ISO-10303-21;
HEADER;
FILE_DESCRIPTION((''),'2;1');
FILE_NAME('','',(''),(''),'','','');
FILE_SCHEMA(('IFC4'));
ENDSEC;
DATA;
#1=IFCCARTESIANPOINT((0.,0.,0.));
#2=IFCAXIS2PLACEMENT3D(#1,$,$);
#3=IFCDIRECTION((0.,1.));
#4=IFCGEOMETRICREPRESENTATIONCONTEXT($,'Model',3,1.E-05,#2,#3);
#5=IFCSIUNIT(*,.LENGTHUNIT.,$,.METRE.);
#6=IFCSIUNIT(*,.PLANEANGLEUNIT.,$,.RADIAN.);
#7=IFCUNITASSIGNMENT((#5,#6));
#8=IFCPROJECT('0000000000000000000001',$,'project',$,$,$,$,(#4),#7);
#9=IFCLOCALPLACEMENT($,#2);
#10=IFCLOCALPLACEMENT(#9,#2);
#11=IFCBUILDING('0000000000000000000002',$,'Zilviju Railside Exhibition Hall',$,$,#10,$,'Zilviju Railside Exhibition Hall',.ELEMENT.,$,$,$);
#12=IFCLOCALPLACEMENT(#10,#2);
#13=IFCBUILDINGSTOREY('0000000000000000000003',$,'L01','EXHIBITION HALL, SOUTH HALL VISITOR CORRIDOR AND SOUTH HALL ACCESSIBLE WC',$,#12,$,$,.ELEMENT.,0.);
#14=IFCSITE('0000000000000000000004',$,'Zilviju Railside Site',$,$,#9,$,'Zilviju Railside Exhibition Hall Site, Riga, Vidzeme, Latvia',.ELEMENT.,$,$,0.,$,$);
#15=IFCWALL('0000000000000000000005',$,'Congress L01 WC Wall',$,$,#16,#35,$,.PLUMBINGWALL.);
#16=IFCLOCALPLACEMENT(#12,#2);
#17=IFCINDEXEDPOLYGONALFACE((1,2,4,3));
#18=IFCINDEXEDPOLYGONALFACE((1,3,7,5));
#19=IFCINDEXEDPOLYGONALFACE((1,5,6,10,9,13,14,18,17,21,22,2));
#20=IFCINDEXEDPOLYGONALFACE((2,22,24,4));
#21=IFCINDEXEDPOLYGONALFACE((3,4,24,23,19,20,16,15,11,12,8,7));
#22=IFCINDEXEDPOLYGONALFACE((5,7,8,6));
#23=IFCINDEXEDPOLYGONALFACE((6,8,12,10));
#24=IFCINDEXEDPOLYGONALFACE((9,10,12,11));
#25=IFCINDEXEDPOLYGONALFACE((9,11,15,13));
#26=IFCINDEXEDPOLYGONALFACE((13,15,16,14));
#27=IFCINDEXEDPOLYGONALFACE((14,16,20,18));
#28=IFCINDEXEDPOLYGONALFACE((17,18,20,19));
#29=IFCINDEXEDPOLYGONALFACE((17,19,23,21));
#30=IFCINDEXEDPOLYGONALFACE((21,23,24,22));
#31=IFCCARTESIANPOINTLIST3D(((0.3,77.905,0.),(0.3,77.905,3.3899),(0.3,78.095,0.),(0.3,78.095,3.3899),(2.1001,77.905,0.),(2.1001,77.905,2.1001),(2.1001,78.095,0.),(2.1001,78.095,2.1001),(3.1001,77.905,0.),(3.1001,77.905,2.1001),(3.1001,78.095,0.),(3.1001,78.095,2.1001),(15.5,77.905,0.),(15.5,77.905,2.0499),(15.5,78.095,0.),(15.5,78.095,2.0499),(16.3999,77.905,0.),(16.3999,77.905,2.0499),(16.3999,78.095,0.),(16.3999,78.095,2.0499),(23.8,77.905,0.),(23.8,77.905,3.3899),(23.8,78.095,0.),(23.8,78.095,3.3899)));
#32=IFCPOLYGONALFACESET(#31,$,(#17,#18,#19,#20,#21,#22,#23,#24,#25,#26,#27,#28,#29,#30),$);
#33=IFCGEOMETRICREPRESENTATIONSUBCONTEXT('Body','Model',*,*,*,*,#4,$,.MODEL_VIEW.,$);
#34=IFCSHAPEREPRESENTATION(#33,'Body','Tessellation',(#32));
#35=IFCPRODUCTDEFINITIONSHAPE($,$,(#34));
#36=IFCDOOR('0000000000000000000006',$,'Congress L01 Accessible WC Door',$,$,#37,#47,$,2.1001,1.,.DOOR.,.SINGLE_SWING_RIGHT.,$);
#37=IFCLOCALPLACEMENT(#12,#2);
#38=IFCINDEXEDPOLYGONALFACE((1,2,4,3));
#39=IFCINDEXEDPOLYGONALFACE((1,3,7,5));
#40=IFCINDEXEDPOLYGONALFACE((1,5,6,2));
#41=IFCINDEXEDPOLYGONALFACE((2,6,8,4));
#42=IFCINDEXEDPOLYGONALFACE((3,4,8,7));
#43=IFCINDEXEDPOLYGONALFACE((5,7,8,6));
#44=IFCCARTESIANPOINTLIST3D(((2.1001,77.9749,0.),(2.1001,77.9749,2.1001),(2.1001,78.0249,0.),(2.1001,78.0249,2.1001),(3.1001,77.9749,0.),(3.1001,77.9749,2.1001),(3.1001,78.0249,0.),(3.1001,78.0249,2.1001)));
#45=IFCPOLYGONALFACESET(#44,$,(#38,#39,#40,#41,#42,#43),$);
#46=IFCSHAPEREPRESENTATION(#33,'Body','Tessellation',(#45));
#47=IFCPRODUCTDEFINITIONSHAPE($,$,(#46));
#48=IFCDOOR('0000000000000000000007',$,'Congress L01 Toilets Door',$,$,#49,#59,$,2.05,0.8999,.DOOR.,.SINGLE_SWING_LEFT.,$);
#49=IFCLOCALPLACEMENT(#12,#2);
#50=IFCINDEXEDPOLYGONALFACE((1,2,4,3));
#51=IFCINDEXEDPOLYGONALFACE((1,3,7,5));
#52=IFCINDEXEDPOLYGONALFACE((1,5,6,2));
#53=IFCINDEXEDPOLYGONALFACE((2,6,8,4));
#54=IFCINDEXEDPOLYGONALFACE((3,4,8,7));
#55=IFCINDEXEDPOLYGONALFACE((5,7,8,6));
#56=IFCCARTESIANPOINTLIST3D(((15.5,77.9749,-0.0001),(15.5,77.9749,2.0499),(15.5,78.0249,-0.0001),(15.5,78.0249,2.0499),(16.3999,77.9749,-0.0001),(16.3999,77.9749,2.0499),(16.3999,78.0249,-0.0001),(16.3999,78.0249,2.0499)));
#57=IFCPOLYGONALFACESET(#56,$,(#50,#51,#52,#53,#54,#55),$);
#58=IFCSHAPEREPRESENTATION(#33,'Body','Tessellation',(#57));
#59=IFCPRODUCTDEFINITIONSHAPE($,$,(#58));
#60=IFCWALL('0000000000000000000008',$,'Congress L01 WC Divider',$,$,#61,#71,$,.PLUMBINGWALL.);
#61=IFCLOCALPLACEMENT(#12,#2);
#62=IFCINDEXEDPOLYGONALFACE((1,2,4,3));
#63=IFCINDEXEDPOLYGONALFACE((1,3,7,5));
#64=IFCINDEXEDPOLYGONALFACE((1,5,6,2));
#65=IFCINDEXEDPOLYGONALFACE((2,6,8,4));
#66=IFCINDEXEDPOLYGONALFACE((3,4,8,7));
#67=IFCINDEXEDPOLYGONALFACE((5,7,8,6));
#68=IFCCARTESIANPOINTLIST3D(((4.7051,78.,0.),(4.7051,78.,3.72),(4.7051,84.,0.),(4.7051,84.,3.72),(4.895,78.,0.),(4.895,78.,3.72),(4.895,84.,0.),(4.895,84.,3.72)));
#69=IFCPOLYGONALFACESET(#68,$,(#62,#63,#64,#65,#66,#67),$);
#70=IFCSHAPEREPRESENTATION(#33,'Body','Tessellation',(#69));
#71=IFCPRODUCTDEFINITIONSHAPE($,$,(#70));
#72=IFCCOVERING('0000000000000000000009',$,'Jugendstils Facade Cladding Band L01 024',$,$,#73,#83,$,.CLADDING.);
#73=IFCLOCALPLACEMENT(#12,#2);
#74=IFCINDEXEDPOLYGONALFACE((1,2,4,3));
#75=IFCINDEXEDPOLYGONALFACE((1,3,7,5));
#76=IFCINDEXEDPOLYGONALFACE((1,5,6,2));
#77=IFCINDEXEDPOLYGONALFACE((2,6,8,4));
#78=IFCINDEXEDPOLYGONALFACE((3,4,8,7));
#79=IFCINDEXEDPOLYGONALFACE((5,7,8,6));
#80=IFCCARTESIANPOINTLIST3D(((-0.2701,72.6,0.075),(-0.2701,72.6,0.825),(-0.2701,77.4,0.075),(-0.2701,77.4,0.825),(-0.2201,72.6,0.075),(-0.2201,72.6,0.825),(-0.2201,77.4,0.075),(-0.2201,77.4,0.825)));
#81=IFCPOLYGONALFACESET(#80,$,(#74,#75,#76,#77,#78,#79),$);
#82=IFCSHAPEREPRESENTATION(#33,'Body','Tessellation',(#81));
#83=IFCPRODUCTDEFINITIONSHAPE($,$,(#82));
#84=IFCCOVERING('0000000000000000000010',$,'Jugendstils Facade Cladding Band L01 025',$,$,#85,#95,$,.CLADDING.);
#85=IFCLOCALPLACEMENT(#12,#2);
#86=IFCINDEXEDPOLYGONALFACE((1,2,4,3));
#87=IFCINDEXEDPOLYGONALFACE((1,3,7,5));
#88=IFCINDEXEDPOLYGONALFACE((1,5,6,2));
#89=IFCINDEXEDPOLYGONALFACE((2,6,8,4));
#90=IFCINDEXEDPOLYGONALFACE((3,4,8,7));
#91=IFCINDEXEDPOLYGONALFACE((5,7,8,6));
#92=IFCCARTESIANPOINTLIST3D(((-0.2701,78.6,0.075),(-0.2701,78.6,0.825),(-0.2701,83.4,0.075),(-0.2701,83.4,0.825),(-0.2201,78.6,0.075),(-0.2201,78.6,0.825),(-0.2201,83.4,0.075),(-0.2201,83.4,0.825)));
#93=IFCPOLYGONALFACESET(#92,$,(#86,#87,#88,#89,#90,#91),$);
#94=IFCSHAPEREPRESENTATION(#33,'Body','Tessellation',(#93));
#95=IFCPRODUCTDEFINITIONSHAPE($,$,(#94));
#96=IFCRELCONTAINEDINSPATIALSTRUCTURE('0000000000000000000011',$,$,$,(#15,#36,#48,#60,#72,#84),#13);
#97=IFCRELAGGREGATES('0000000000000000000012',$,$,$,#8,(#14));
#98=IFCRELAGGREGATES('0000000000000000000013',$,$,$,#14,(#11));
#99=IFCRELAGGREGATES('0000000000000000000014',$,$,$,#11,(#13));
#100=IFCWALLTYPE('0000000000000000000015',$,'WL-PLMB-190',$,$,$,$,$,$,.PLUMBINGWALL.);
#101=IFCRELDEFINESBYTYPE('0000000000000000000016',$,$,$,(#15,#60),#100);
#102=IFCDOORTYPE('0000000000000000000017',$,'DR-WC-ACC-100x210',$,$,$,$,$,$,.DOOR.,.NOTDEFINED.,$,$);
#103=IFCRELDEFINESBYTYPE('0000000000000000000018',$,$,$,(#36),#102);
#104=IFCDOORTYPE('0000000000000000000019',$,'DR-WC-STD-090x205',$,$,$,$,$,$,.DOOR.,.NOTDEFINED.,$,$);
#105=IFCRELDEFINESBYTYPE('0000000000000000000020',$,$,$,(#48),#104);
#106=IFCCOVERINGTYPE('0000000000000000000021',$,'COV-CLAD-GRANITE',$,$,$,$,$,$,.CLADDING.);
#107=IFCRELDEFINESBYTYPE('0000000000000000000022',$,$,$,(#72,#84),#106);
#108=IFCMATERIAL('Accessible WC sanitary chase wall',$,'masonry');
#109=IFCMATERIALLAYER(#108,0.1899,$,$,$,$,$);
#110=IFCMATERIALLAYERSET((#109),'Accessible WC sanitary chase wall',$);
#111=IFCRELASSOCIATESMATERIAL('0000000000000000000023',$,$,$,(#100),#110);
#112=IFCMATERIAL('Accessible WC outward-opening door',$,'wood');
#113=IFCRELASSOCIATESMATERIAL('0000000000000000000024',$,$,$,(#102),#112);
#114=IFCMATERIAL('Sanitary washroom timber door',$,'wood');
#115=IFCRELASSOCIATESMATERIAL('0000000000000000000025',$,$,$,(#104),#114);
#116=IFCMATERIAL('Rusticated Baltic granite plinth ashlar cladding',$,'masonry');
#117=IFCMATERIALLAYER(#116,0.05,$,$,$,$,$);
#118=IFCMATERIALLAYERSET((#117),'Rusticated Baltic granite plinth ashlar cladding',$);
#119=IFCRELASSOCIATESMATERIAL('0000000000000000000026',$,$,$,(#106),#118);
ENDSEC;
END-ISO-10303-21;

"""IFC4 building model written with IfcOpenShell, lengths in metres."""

from ifc_helpers import new_model, si_unit, direction, frame, frame_2d, origin, origin_2d, place, context, subcontext, project, spatial, rectangle, extrude, material, layer, layer_set, type_object, element, fill, save


model = new_model("IFC4")

# Units and contexts
model_context = context("Model", 3, precision=1e-05, world=origin(), true_north=direction((0.0, 1.0)))
body_context = subcontext(model_context, "Body", "Model", "MODEL_VIEW")
ifc_project = project(units=[si_unit("LENGTHUNIT", "METRE"), si_unit("PLANEANGLEUNIT", "RADIAN")], contexts=[model_context])

# Site, building, storey
site_placement = place(None, origin())
site = spatial("IfcSite", under=ifc_project, at=site_placement, Name="Zilviju Railside Site", LongName="Zilviju Railside Exhibition Hall Site, Riga, Vidzeme, Latvia", CompositionType="ELEMENT", RefElevation=0.0)
building_placement = place(site_placement, origin())
building = spatial("IfcBuilding", under=site, at=building_placement, Name="Zilviju Railside Exhibition Hall", LongName="Zilviju Railside Exhibition Hall", CompositionType="ELEMENT")
storey_placement = place(building_placement, origin())
storey = spatial("IfcBuildingStorey", under=building, at=storey_placement, Name="L01", Description="EXHIBITION HALL, SOUTH HALL VISITOR CORRIDOR AND SOUTH HALL ACCESSIBLE WC", CompositionType="ELEMENT", Elevation=0.0)

# Wall, openings, doors
ifc_material_1 = material(Name="Accessible WC sanitary chase wall", Category="masonry")
ifc_layer_1 = layer(ifc_material_1, 0.1899)
ifc_layer_set_1 = layer_set([ifc_layer_1], Name="Accessible WC sanitary chase wall")
wall_type_1 = type_object("IfcWallType", Name="WL-PLMB-190", PredefinedType="PLUMBINGWALL", material=ifc_layer_set_1)
wall_1_placement = place(storey_placement, frame((0.3, 78.0, 0.0), z_axis=(0.0, 0.0, 1.0), x_axis=(1.0, 0.0, 0.0)))
wall_1 = element("IfcWall", 1, at=wall_1_placement, inside=storey, type_object=wall_type_1, Name="Congress L01 WC Wall", PredefinedType="PLUMBINGWALL", context=body_context, shape_type="SweptSolid", body=[
    extrude(rectangle(XDim=23.5, YDim=0.1899, at=frame_2d((11.75, 0.0))), origin(), (0.0, 0.0, 1.0), 3.3899),
])
opening_1_placement = place(wall_1_placement, frame((1.8, 0.0, 0.0)))
opening_1 = element("IfcOpeningElement", 2, at=opening_1_placement, cuts=wall_1, PredefinedType="OPENING", context=body_context, shape_type="SweptSolid", body=[
    extrude(rectangle(XDim=1.0, YDim=2.1001, at=frame_2d((0.5, 1.05))), frame((0.0, 0.105, 0.0), z_axis=(0.0, -1.0, 0.0), x_axis=(1.0, 0.0, 0.0)), (0.0, 0.0, 1.0), 0.21),
])
opening_2_placement = place(wall_1_placement, frame((15.2, 0.0, 0.0)))
opening_2 = element("IfcOpeningElement", 3, at=opening_2_placement, cuts=wall_1, PredefinedType="OPENING", context=body_context, shape_type="SweptSolid", body=[
    extrude(rectangle(XDim=0.8999, YDim=2.05, at=frame_2d((0.45, 1.0249))), frame((0.0, 0.105, 0.0), z_axis=(0.0, -1.0, 0.0), x_axis=(1.0, 0.0, 0.0)), (0.0, 0.0, 1.0), 0.21),
])
ifc_material_2 = material(Name="Accessible WC outward-opening door", Category="wood")
door_type_1 = type_object("IfcDoorType", Name="DR-WC-ACC-100x210", OperationType="NOTDEFINED", PredefinedType="DOOR", material=ifc_material_2)
door_1_placement = place(opening_1_placement, origin())
door_1 = element("IfcDoor", 4, at=door_1_placement, inside=storey, type_object=door_type_1, Name="Congress L01 Accessible WC Door", OperationType="SINGLE_SWING_RIGHT", OverallHeight=2.1001, OverallWidth=1.0, PredefinedType="DOOR", context=body_context, shape_type="SweptSolid", body=[
    extrude(rectangle(XDim=1.0, YDim=2.1001, at=frame_2d((0.5, 1.05))), frame((0.0, 0.0249, 0.0), z_axis=(0.0, -1.0, 0.0), x_axis=(1.0, 0.0, 0.0)), (0.0, 0.0, 1.0), 0.05),
])
fill(opening_1, door_1)
ifc_material_3 = material(Name="Sanitary washroom timber door", Category="wood")
door_type_2 = type_object("IfcDoorType", Name="DR-WC-STD-090x205", OperationType="NOTDEFINED", PredefinedType="DOOR", material=ifc_material_3)
door_2_placement = place(opening_2_placement, origin())
door_2 = element("IfcDoor", 5, at=door_2_placement, inside=storey, type_object=door_type_2, Name="Congress L01 Toilets Door", OperationType="SINGLE_SWING_LEFT", OverallHeight=2.05, OverallWidth=0.8999, PredefinedType="DOOR", context=body_context, shape_type="SweptSolid", body=[
    extrude(rectangle(XDim=0.8999, YDim=2.05, at=frame_2d((0.45, 1.0249))), frame((0.0, 0.0249, 0.0), z_axis=(0.0, -1.0, 0.0), x_axis=(1.0, 0.0, 0.0)), (0.0, 0.0, 1.0), 0.05),
])
fill(opening_2, door_2)

# Wall
wall_2_placement = place(storey_placement, frame((4.8, 78.0, 0.0), z_axis=(0.0, 0.0, 1.0), x_axis=(0.0, 1.0, 0.0)))
element("IfcWall", 6, at=wall_2_placement, inside=storey, type_object=wall_type_1, Name="Congress L01 WC Divider", PredefinedType="PLUMBINGWALL", context=body_context, shape_type="SweptSolid", body=[
    extrude(rectangle(XDim=6.0, YDim=0.1899, at=frame_2d((3.0, 0.0))), origin(), (0.0, 0.0, 1.0), 3.72),
])

# Coverings
ifc_material_4 = material(Name="Rusticated Baltic granite plinth ashlar cladding", Category="masonry")
ifc_layer_2 = layer(ifc_material_4, 0.05)
ifc_layer_set_2 = layer_set([ifc_layer_2], Name="Rusticated Baltic granite plinth ashlar cladding")
covering_type = type_object("IfcCoveringType", Name="COV-CLAD-GRANITE", PredefinedType="CLADDING", material=ifc_layer_set_2)
for number, where, z_axis, x_axis, name in (
    (7, (-0.2451, 75.0, 0.075), (0.0, 0.0, 1.0), (0.0, 1.0, 0.0), "Jugendstils Facade Cladding Band L01 024"),
    (8, (-0.2451, 81.0, 0.075), (0.0, 0.0, 1.0), (0.0, 1.0, 0.0), "Jugendstils Facade Cladding Band L01 025"),
):
    element("IfcCovering", number, at=place(storey_placement, frame(where, z_axis=z_axis, x_axis=x_axis)), inside=storey, type_object=covering_type, Name=name, PredefinedType="CLADDING", context=body_context, shape_type="SweptSolid", body=[
        extrude(rectangle(XDim=4.8, YDim=0.05, at=origin_2d()), origin(), (0.0, 0.0, 1.0), 0.75),
    ])

save(model, "model.ifc")
